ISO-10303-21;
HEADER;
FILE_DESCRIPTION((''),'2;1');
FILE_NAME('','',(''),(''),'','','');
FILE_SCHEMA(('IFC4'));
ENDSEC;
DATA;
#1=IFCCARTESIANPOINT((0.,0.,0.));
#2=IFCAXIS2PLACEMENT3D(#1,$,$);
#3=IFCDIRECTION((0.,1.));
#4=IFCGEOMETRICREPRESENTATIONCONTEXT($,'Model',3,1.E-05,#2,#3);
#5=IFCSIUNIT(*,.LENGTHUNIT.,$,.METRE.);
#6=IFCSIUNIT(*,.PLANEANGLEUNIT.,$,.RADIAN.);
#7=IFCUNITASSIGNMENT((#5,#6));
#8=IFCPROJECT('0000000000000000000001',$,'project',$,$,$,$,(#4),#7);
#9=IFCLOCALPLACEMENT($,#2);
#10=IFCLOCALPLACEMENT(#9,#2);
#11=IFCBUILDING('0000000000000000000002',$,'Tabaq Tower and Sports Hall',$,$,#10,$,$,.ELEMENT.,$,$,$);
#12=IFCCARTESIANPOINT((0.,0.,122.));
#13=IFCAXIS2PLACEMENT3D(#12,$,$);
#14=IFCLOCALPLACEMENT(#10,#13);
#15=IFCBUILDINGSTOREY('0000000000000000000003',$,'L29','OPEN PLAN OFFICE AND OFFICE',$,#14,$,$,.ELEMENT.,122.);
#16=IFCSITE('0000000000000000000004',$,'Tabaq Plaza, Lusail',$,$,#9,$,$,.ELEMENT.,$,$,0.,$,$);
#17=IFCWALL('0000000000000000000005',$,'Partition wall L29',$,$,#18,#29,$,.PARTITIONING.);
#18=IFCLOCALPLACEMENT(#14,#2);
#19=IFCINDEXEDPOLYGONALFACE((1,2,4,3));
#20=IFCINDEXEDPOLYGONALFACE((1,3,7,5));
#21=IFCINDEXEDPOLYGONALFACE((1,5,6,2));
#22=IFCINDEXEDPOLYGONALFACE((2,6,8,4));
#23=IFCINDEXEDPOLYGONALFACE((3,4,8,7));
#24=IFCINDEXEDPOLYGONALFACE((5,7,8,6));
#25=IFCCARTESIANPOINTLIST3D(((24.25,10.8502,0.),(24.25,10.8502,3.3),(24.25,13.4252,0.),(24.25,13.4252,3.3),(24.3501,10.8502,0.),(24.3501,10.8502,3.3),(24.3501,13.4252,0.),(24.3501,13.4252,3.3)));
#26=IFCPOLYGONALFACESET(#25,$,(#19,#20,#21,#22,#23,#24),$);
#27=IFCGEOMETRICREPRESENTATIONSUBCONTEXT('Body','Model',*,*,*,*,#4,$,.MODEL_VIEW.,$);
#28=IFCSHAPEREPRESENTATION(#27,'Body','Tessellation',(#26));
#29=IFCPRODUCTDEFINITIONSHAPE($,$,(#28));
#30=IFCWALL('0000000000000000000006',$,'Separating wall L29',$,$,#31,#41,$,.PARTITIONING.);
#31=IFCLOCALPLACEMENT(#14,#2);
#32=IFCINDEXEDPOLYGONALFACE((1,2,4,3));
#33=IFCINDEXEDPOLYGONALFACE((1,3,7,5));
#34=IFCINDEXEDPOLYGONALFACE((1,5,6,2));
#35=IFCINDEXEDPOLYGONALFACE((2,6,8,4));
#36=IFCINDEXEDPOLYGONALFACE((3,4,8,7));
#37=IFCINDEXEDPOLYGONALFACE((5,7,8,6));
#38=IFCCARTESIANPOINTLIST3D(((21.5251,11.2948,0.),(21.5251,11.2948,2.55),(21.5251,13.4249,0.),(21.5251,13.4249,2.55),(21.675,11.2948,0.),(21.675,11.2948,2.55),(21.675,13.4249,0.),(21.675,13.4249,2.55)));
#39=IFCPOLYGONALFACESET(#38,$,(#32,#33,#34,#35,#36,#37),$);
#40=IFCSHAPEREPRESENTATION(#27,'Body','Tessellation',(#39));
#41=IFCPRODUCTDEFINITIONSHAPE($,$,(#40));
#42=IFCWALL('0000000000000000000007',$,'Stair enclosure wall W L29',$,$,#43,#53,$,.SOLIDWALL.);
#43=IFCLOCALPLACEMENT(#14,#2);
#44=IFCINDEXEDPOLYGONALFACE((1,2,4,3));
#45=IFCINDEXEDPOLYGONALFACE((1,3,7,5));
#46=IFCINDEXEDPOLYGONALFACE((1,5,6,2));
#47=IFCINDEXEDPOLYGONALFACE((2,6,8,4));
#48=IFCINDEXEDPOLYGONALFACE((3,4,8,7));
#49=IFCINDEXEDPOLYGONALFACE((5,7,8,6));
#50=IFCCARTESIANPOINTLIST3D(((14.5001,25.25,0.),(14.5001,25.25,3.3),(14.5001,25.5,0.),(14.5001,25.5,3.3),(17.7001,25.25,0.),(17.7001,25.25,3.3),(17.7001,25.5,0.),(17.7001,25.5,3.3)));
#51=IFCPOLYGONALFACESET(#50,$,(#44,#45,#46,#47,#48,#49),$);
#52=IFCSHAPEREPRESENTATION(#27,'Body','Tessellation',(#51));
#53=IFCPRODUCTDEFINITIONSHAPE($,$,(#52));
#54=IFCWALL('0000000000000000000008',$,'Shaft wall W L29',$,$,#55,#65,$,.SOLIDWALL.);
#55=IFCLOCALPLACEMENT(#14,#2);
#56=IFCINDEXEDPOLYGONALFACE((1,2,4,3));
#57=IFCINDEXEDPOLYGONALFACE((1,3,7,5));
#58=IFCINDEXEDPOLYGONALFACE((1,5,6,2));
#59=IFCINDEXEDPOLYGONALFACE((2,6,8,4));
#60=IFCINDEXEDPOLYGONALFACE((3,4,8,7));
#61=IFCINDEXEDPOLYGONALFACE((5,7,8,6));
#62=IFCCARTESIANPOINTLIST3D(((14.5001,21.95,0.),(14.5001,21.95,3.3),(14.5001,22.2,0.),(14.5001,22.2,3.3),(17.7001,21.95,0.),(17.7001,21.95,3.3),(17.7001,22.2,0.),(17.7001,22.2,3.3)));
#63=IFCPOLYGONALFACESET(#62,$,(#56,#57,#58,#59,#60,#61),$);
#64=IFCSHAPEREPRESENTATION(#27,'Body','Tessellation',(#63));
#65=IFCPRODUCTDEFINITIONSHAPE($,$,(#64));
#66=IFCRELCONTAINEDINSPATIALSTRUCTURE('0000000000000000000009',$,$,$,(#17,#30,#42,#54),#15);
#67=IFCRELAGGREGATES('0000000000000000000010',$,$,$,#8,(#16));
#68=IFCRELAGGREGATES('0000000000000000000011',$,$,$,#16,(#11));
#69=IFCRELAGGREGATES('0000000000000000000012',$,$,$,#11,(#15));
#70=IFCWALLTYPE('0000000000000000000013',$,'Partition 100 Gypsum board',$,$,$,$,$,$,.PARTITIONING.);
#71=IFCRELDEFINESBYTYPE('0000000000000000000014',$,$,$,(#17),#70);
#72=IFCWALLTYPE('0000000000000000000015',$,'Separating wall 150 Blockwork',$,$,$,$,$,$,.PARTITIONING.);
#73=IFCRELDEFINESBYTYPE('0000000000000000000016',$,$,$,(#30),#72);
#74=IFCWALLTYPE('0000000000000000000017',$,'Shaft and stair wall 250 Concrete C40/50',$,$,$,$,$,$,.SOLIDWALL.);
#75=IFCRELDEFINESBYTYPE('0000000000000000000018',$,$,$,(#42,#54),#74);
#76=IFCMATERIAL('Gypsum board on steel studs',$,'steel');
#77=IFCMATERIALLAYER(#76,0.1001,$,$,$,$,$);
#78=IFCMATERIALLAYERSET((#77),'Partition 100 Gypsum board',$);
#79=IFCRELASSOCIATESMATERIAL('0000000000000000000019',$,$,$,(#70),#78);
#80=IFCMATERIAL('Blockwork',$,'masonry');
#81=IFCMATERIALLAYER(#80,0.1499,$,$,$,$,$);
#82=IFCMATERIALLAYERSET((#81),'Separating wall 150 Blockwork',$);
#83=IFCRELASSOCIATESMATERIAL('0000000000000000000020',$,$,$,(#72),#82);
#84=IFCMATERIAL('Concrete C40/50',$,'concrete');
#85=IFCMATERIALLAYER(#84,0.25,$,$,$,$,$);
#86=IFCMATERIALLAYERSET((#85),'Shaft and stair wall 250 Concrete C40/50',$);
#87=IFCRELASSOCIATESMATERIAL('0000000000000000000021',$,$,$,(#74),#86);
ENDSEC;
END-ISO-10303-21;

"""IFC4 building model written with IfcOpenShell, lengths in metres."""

from ifc_helpers import new_model, si_unit, direction, frame, frame_2d, origin, place, context, subcontext, project, spatial, rectangle, extrude, material, layer, layer_set, type_object, element, save


model = new_model("IFC4")

# Units and contexts
model_context = context("Model", 3, precision=1e-05, world=origin(), true_north=direction((0.0, 1.0)))
body_context = subcontext(model_context, "Body", "Model", "MODEL_VIEW")
ifc_project = project(units=[si_unit("LENGTHUNIT", "METRE"), si_unit("PLANEANGLEUNIT", "RADIAN")], contexts=[model_context])

# Site, building, storey
site_placement = place(None, origin())
site = spatial("IfcSite", under=ifc_project, at=site_placement, Name="Tabaq Plaza, Lusail", CompositionType="ELEMENT", RefElevation=0.0)
building_placement = place(site_placement, origin())
building = spatial("IfcBuilding", under=site, at=building_placement, Name="Tabaq Tower and Sports Hall", CompositionType="ELEMENT")
storey_placement = place(building_placement, frame((0.0, 0.0, 122.0)))
storey = spatial("IfcBuildingStorey", under=building, at=storey_placement, Name="L29", Description="OPEN PLAN OFFICE AND OFFICE", CompositionType="ELEMENT", Elevation=122.0)

# Walls
ifc_material_1 = material(Name="Gypsum board on steel studs", Category="steel")
ifc_layer_1 = layer(ifc_material_1, 0.1001)
ifc_layer_set_1 = layer_set([ifc_layer_1], Name="Partition 100 Gypsum board")
wall_type_1 = type_object("IfcWallType", Name="Partition 100 Gypsum board", PredefinedType="PARTITIONING", material=ifc_layer_set_1)
wall_1_placement = place(storey_placement, frame((24.3, 10.8501, 0.0), z_axis=(0.0, 0.0, 1.0), x_axis=(0.0, 1.0, 0.0)))
element("IfcWall", 1, at=wall_1_placement, inside=storey, type_object=wall_type_1, Name="Partition wall L29", PredefinedType="PARTITIONING", context=body_context, shape_type="SweptSolid", body=[
    extrude(rectangle(XDim=2.575, YDim=0.1001, at=frame_2d((1.2876, 0.0))), origin(), (0.0, 0.0, 1.0), 3.3),
])
ifc_material_2 = material(Name="Blockwork", Category="masonry")
ifc_layer_2 = layer(ifc_material_2, 0.1499)
ifc_layer_set_2 = layer_set([ifc_layer_2], Name="Separating wall 150 Blockwork")
wall_type_2 = type_object("IfcWallType", Name="Separating wall 150 Blockwork", PredefinedType="PARTITIONING", material=ifc_layer_set_2)
wall_2_placement = place(storey_placement, frame((21.6001, 11.2949, 0.0), z_axis=(0.0, 0.0, 1.0), x_axis=(0.0, 1.0, 0.0)))
element("IfcWall", 2, at=wall_2_placement, inside=storey, type_object=wall_type_2, Name="Separating wall L29", PredefinedType="PARTITIONING", context=body_context, shape_type="SweptSolid", body=[
    extrude(rectangle(XDim=2.1301, YDim=0.1499, at=frame_2d((1.0649, 0.0))), origin(), (0.0, 0.0, 1.0), 2.55),
])
ifc_material_3 = material(Name="Concrete C40/50", Category="concrete")
ifc_layer_3 = layer(ifc_material_3, 0.25)
ifc_layer_set_3 = layer_set([ifc_layer_3], Name="Shaft and stair wall 250 Concrete C40/50")
wall_type_3 = type_object("IfcWallType", Name="Shaft and stair wall 250 Concrete C40/50", PredefinedType="SOLIDWALL", material=ifc_layer_set_3)
for number, where, z_axis, x_axis, name in (
    (3, (14.5, 25.375, 0.0), (0.0, 0.0, 1.0), (1.0, 0.0, 0.0), "Stair enclosure wall W L29"),
    (4, (14.5, 22.075, 0.0), (0.0, 0.0, 1.0), (1.0, 0.0, 0.0), "Shaft wall W L29"),
):
    element("IfcWall", number, at=place(storey_placement, frame(where, z_axis=z_axis, x_axis=x_axis)), inside=storey, type_object=wall_type_3, Name=name, PredefinedType="SOLIDWALL", context=body_context, shape_type="SweptSolid", body=[
        extrude(rectangle(XDim=3.2, YDim=0.25, at=frame_2d((1.6001, 0.0))), origin(), (0.0, 0.0, 1.0), 3.3),
    ])

save(model, "model.ifc")
